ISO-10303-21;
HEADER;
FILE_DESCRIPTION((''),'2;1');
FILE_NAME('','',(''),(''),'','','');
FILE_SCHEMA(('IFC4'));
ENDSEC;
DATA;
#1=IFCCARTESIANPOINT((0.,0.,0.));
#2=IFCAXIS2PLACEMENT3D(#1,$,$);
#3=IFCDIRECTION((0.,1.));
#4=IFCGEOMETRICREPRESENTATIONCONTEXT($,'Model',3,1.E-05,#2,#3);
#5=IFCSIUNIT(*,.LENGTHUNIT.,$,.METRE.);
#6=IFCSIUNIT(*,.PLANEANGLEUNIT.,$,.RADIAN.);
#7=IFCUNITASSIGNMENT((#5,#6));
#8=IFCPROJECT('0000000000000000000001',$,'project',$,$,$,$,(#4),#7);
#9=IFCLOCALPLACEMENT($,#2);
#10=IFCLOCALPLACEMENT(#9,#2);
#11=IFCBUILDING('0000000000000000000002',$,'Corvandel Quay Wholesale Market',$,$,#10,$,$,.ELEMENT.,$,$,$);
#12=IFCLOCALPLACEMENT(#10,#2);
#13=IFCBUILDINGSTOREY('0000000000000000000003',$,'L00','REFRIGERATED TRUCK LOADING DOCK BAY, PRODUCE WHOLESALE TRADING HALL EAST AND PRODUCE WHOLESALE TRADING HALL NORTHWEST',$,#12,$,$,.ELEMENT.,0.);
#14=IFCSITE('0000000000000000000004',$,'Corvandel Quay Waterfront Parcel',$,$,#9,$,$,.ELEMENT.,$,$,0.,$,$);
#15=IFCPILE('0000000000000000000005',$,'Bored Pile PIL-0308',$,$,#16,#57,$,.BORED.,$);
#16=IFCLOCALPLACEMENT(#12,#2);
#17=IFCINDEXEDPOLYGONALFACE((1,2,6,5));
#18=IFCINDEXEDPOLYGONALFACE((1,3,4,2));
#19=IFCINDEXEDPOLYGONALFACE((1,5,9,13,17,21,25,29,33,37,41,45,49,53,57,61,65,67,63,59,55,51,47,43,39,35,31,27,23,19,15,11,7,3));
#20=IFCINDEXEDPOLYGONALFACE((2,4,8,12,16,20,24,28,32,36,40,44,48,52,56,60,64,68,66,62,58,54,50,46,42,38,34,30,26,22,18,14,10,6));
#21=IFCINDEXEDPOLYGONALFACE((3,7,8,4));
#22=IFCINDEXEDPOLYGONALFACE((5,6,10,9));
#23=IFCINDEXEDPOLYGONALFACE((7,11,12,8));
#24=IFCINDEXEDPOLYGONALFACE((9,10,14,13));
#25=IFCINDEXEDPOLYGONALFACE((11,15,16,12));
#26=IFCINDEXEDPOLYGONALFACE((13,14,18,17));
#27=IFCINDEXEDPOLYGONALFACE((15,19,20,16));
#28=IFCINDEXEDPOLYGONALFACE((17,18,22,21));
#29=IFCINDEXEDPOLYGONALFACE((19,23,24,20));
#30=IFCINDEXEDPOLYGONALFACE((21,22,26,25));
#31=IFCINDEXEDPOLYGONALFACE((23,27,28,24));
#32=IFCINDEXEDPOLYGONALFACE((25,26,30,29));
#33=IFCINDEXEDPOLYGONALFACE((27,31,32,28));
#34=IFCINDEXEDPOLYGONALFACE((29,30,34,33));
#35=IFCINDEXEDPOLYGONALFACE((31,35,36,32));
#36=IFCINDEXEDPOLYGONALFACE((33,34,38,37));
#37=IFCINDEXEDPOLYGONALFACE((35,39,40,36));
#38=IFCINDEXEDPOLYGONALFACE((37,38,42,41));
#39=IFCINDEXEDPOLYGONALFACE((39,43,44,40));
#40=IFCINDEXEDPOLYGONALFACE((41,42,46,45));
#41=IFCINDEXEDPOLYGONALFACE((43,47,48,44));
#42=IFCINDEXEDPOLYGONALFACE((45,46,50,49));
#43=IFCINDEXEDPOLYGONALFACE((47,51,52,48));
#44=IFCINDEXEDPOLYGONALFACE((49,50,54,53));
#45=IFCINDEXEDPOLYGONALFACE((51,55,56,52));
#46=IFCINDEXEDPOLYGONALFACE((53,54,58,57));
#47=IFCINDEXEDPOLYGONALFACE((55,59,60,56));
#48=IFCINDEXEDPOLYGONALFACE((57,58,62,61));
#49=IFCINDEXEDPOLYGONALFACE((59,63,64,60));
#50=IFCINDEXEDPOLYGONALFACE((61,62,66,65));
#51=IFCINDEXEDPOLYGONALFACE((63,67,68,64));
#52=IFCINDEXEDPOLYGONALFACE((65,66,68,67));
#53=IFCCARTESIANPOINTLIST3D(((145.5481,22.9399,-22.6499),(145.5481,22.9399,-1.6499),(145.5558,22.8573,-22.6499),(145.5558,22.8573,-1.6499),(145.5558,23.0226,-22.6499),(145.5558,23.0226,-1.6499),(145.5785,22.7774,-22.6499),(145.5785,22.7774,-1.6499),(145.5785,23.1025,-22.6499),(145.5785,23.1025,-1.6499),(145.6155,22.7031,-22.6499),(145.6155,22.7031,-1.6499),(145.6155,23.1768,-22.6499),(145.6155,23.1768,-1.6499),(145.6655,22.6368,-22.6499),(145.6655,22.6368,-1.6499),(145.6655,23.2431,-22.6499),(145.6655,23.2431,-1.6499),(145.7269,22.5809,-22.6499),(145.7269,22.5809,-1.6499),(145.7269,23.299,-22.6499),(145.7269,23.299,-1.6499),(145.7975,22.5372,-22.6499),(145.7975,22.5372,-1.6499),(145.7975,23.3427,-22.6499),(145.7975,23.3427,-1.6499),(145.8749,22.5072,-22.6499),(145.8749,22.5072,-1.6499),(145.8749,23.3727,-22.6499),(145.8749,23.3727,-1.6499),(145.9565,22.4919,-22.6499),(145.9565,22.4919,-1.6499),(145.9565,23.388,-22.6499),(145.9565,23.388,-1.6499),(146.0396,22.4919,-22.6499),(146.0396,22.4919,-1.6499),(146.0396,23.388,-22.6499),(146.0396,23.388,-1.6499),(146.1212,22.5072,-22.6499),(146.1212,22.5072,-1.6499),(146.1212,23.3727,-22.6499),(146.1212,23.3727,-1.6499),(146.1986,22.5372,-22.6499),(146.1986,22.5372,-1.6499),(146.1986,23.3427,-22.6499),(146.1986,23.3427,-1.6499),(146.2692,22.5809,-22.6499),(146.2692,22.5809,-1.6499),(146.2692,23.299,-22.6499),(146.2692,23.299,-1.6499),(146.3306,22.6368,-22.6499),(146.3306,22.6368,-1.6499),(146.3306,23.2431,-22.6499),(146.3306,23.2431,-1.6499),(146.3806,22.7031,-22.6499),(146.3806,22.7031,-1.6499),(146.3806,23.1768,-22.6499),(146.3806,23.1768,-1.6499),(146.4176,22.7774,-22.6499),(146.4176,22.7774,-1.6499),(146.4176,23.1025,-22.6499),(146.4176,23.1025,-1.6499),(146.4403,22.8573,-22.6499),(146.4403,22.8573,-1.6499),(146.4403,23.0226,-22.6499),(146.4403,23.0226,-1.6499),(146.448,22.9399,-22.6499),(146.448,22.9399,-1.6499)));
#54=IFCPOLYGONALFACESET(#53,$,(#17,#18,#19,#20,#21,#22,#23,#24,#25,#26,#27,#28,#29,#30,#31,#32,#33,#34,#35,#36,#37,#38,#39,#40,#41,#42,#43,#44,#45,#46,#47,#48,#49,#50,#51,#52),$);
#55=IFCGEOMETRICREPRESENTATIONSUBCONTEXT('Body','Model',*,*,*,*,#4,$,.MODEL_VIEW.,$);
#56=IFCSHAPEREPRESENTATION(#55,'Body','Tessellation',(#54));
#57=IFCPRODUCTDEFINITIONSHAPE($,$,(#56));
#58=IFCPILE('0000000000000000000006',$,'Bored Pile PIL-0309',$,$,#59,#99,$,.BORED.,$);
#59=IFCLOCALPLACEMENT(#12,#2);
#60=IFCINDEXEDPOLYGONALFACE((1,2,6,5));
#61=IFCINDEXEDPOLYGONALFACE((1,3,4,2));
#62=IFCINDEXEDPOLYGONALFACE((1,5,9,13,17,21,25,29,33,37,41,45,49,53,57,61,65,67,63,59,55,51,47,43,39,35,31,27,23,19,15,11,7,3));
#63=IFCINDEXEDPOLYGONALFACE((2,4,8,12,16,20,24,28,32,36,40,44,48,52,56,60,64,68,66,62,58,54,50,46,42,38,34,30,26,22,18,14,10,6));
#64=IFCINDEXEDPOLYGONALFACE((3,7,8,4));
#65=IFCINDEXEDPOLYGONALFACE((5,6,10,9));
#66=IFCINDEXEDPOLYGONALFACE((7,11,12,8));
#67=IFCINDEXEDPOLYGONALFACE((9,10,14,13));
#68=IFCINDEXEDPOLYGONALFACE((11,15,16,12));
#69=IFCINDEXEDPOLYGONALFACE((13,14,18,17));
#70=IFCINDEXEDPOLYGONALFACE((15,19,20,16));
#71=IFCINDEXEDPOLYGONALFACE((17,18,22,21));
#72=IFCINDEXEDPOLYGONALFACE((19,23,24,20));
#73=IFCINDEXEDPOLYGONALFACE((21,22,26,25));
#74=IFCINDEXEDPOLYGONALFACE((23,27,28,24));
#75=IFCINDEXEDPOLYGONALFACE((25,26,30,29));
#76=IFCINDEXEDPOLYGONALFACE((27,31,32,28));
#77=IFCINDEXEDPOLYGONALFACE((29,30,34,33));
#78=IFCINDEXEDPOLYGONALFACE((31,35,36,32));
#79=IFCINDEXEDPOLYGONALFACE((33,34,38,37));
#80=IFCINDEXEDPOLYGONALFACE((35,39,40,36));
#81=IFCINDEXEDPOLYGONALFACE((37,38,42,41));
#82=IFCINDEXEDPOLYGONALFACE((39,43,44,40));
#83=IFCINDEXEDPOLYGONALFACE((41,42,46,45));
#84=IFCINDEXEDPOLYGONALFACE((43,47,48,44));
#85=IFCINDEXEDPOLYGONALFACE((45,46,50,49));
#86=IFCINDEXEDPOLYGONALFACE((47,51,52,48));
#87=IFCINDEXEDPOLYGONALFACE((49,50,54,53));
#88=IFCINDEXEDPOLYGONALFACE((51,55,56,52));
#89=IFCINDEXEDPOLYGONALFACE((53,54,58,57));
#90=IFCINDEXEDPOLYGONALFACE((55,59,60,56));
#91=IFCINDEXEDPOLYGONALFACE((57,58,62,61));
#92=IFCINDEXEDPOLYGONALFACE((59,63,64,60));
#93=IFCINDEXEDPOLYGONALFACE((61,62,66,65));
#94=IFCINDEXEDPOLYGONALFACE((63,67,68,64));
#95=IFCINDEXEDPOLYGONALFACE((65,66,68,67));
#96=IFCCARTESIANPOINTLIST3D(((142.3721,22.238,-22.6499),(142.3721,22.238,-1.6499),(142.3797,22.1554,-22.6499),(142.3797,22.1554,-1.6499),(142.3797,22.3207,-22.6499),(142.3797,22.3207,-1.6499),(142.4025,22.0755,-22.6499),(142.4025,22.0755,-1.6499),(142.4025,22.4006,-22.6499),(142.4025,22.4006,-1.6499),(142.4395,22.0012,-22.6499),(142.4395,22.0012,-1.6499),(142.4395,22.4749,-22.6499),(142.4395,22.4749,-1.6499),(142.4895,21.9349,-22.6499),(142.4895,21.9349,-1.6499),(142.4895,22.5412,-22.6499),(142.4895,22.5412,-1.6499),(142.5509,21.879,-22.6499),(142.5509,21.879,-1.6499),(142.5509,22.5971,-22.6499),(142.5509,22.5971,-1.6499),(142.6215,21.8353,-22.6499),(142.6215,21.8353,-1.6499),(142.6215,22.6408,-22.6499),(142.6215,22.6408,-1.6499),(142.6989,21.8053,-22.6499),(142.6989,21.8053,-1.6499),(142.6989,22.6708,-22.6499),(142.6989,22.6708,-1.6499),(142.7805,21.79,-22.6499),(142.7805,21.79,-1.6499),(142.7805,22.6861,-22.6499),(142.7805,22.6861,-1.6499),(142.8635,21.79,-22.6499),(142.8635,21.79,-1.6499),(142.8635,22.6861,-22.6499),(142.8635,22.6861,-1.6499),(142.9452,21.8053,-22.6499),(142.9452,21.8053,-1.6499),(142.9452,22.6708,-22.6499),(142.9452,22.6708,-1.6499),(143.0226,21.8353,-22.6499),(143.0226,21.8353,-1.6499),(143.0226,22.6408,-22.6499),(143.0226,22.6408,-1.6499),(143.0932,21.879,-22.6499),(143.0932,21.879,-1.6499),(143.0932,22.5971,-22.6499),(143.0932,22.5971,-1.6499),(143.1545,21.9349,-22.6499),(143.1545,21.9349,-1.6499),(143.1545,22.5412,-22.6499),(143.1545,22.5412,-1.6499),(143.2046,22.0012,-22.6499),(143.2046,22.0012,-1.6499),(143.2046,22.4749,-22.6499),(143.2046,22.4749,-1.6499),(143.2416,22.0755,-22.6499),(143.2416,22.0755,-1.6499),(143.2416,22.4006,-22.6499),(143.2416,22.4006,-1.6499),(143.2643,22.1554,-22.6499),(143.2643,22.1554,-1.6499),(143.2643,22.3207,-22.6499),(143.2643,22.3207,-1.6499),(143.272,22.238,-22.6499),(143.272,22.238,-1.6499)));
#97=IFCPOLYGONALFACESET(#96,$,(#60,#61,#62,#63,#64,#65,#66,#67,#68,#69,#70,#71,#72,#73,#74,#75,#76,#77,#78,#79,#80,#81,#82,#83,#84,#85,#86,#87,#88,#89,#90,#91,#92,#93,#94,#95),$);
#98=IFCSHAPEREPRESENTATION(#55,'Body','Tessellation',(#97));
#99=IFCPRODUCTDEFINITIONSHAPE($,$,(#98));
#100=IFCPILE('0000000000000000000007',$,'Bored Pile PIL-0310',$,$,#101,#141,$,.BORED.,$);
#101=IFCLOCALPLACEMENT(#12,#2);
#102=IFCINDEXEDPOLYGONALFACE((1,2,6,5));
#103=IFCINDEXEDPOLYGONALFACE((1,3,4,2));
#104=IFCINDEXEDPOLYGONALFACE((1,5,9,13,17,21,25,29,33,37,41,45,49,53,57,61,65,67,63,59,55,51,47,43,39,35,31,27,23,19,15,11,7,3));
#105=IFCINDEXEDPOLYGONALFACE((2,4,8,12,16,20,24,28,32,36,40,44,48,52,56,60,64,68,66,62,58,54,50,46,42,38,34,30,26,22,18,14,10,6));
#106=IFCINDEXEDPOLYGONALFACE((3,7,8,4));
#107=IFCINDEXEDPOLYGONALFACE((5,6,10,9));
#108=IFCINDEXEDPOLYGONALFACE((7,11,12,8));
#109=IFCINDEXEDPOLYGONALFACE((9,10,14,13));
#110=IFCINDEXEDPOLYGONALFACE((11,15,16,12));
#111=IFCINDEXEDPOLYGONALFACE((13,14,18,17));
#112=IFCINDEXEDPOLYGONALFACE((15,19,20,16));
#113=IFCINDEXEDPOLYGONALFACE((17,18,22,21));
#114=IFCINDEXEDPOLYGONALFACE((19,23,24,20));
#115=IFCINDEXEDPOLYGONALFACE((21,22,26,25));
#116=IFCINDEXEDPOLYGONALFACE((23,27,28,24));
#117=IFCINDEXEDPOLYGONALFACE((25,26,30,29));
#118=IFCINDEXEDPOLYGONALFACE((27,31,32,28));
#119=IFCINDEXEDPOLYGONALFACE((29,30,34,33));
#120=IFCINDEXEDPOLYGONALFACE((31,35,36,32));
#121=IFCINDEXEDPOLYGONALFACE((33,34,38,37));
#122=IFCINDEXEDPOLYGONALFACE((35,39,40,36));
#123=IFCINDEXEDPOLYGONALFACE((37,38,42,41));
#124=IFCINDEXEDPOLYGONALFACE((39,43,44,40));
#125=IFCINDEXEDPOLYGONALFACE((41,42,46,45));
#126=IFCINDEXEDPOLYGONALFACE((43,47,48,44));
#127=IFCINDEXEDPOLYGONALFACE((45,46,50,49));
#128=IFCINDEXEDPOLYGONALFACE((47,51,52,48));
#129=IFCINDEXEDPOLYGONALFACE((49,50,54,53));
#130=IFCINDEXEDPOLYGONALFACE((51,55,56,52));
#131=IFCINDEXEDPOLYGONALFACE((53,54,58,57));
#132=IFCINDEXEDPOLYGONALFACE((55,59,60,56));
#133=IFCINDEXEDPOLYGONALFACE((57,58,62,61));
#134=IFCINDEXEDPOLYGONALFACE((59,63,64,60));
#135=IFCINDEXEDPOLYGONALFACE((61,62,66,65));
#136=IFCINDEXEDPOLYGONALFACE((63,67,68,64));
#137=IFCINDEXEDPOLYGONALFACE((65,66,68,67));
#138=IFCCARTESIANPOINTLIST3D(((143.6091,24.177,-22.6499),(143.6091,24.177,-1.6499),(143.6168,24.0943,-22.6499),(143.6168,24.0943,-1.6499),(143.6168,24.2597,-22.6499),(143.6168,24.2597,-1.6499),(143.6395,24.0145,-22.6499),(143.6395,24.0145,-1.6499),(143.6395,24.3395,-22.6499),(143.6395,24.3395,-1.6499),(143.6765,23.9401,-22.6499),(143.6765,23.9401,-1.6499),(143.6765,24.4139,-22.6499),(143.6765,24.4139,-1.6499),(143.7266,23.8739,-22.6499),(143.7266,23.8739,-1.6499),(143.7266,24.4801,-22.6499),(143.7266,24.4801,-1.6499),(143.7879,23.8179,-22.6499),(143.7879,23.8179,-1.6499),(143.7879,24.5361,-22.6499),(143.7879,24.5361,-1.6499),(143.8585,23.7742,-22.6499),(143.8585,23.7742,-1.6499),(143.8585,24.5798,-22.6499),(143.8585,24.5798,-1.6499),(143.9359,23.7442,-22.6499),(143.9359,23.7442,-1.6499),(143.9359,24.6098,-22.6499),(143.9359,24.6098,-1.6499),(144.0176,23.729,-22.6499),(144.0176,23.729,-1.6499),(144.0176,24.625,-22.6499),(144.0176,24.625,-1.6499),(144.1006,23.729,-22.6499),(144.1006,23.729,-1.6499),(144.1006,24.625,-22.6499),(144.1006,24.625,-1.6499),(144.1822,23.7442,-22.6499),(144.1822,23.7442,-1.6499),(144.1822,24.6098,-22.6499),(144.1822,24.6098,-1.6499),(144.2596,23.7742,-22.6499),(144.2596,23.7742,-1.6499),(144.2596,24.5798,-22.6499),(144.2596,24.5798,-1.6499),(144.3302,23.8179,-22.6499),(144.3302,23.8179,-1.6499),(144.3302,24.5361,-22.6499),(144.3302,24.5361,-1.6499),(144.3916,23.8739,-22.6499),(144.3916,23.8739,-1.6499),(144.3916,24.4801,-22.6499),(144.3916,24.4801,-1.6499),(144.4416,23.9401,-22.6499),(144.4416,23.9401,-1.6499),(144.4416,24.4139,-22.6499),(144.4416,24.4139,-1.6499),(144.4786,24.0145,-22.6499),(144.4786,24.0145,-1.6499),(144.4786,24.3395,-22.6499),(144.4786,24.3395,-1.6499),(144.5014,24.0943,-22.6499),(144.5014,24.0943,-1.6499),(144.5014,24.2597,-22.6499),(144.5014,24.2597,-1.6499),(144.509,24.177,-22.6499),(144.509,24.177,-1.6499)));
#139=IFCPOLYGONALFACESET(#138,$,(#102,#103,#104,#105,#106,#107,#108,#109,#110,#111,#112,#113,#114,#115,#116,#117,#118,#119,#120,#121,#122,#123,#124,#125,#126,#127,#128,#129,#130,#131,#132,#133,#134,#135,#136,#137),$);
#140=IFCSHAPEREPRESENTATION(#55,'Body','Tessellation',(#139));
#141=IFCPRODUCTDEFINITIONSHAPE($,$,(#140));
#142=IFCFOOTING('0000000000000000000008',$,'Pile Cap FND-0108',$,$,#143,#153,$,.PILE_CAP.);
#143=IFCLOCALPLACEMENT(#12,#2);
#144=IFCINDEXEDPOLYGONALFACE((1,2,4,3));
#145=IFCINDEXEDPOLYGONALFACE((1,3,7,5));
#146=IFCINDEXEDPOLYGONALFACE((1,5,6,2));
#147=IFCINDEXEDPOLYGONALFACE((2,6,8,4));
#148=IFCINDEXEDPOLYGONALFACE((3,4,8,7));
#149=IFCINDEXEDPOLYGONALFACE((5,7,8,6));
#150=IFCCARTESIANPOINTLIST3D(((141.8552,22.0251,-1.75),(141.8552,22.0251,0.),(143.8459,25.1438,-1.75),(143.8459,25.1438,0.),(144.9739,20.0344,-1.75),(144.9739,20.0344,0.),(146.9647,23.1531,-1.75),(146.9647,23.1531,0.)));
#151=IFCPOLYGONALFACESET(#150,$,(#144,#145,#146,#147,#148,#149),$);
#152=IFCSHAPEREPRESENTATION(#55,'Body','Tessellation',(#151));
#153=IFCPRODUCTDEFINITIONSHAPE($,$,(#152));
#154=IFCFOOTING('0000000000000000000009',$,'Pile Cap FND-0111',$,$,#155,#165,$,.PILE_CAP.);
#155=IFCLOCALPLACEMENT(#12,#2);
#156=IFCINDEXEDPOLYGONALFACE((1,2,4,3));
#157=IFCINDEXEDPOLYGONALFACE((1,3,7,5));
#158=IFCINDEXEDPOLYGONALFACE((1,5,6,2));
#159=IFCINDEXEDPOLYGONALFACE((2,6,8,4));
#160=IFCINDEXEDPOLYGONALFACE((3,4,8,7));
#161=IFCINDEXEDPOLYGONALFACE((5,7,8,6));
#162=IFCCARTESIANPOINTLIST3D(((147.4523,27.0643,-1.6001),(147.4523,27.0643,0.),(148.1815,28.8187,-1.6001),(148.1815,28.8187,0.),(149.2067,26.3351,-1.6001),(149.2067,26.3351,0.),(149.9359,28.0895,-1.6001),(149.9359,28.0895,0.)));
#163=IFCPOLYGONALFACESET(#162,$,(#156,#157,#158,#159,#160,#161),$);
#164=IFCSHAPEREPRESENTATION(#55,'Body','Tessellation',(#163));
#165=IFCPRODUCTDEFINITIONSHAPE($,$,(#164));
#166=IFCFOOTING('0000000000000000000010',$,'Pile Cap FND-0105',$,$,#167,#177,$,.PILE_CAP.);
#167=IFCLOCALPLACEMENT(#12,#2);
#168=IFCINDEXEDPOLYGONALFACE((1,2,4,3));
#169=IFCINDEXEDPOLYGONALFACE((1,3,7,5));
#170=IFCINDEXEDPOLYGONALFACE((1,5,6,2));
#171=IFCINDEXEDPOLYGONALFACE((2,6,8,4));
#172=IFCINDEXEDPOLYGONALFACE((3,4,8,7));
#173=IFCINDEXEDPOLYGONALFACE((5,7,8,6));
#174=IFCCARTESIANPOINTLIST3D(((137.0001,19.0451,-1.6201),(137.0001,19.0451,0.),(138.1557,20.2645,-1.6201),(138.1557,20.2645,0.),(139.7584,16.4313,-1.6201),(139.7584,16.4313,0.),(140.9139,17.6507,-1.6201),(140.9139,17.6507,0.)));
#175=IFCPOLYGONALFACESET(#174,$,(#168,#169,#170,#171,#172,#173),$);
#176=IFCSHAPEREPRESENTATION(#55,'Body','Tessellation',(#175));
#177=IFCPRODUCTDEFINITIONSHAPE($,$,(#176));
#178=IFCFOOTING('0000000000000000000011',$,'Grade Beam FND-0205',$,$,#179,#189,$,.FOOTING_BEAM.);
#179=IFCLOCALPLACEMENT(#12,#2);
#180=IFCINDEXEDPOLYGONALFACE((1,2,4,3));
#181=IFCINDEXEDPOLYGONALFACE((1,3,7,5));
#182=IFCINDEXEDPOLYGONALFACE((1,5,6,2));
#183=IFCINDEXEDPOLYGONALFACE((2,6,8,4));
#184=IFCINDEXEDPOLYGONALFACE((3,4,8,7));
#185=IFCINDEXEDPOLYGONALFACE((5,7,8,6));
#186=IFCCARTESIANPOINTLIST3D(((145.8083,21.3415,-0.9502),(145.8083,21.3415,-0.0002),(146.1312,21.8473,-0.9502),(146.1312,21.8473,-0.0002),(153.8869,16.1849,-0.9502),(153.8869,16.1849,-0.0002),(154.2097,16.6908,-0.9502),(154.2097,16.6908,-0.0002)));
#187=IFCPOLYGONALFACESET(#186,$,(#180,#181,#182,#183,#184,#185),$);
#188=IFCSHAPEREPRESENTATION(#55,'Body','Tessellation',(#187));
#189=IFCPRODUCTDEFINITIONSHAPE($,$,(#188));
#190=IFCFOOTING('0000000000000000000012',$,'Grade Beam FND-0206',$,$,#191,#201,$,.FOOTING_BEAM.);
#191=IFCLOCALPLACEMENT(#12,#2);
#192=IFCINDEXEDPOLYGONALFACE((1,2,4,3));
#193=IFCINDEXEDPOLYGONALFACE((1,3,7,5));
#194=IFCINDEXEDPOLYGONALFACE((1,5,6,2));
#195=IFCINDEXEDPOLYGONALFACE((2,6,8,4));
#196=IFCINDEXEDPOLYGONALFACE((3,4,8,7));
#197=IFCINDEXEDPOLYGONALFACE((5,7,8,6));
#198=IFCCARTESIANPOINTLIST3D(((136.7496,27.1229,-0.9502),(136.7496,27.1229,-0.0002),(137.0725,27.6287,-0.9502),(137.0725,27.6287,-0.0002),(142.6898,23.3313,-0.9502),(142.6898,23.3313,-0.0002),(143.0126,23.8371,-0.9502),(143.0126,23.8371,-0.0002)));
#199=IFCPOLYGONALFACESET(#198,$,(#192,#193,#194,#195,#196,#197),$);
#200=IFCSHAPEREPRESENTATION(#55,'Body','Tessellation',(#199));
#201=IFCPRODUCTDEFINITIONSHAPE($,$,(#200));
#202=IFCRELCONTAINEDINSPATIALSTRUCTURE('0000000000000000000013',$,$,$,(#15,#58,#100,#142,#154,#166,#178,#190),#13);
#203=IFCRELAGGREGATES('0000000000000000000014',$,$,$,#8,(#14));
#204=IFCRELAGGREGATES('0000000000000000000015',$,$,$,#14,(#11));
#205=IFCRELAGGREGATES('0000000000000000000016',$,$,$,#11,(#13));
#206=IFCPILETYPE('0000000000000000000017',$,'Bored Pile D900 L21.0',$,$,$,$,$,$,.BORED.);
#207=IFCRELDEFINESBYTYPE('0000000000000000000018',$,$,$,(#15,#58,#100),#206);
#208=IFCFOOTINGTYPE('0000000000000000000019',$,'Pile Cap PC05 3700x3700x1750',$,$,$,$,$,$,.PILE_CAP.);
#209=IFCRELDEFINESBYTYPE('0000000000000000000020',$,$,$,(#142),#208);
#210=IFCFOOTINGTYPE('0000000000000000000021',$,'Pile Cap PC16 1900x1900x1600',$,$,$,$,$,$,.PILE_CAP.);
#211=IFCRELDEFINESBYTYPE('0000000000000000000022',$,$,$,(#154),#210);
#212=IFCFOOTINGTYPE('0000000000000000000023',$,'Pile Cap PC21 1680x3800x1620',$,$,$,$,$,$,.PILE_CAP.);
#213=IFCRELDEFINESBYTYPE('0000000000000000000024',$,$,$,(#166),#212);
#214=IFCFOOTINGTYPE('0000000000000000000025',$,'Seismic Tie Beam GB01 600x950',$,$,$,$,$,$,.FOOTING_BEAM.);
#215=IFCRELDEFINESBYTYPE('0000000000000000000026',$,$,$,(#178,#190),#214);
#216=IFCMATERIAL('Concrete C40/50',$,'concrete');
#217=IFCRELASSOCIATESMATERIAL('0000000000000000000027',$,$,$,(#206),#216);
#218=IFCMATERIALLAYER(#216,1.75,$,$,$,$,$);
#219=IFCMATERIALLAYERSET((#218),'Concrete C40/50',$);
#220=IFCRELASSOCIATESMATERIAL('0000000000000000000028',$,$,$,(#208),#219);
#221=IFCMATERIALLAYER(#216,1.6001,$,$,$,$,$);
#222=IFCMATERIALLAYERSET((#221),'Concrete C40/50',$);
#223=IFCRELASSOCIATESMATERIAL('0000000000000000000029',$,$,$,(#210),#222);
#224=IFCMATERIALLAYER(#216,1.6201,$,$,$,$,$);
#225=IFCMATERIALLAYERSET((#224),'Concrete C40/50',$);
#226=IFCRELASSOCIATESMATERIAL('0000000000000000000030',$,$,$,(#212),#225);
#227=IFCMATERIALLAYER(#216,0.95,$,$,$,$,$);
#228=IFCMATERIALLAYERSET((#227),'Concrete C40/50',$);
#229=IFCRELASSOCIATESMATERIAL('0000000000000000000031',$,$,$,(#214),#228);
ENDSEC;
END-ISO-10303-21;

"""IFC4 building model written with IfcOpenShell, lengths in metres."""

from ifc_helpers import new_model, si_unit, direction, frame, origin, origin_2d, place, context, subcontext, project, spatial, rectangle, circle, extrude, material, layer, layer_set, material_profile, profile_set, type_object, element, save


model = new_model("IFC4")

# Units and contexts
model_context = context("Model", 3, precision=1e-05, world=origin(), true_north=direction((0.0, 1.0)))
body_context = subcontext(model_context, "Body", "Model", "MODEL_VIEW")
ifc_project = project(units=[si_unit("LENGTHUNIT", "METRE"), si_unit("PLANEANGLEUNIT", "RADIAN")], contexts=[model_context])

# Site, building, storey
site_placement = place(None, origin())
site = spatial("IfcSite", under=ifc_project, at=site_placement, Name="Corvandel Quay Waterfront Parcel", CompositionType="ELEMENT", RefElevation=0.0)
building_placement = place(site_placement, origin())
building = spatial("IfcBuilding", under=site, at=building_placement, Name="Corvandel Quay Wholesale Market", CompositionType="ELEMENT")
storey_placement = place(building_placement, origin())
storey = spatial("IfcBuildingStorey", under=building, at=storey_placement, Name="L00", Description="REFRIGERATED TRUCK LOADING DOCK BAY, PRODUCE WHOLESALE TRADING HALL EAST AND PRODUCE WHOLESALE TRADING HALL NORTHWEST", CompositionType="ELEMENT", Elevation=0.0)

# Piles
ifc_material_1 = material(Name="Concrete C40/50", Category="concrete")
ifc_material_profile_1 = material_profile(ifc_material_1, circle(Radius=0.45, at=origin_2d()), Name="RC-PILE-D900")
ifc_profile_set_1 = profile_set([ifc_material_profile_1], Name="Concrete C40/50")
pile_type_1 = type_object("IfcPileType", Name="Bored Pile D900 L21.0", PredefinedType="BORED", material=ifc_profile_set_1)
for number, where, z_axis, x_axis, name in (
    (1, (145.998, 22.9399, -1.6499), (0.0, 0.0, -1.0), (1.0, 0.0, 0.0), "Bored Pile PIL-0308"),
    (2, (142.822, 22.238, -1.6499), (0.0, 0.0, -1.0), (1.0, 0.0, 0.0), "Bored Pile PIL-0309"),
    (3, (144.0591, 24.177, -1.6499), (0.0, 0.0, -1.0), (1.0, 0.0, 0.0), "Bored Pile PIL-0310"),
):
    element("IfcPile", number, at=place(storey_placement, frame(where, z_axis=z_axis, x_axis=x_axis)), inside=storey, type_object=pile_type_1, Name=name, PredefinedType="BORED", context=body_context, shape_type="SweptSolid", body=[
        extrude(circle(Radius=0.45, at=origin_2d()), origin(), (0.0, 0.0, 1.0), 21.0),
    ])

# Footings
ifc_layer_1 = layer(ifc_material_1, 1.75)
ifc_layer_set_1 = layer_set([ifc_layer_1], Name="Concrete C40/50")
footing_type_1 = type_object("IfcFootingType", Name="Pile Cap PC05 3700x3700x1750", PredefinedType="PILE_CAP", material=ifc_layer_set_1)
footing_1_placement = place(storey_placement, frame((144.4099, 22.5891, -1.75), z_axis=(0.0, 0.0, 1.0), x_axis=(0.538035, 0.842922, 0.0)))
element("IfcFooting", 4, at=footing_1_placement, inside=storey, type_object=footing_type_1, Name="Pile Cap FND-0108", PredefinedType="PILE_CAP", context=body_context, shape_type="SweptSolid", body=[
    extrude(rectangle(XDim=3.7, YDim=3.7, at=origin_2d()), origin(), (0.0, 0.0, 1.0), 1.75),
])
ifc_layer_2 = layer(ifc_material_1, 1.6001)
ifc_layer_set_2 = layer_set([ifc_layer_2], Name="Concrete C40/50")
footing_type_2 = type_object("IfcFootingType", Name="Pile Cap PC16 1900x1900x1600", PredefinedType="PILE_CAP", material=ifc_layer_set_2)
footing_2_placement = place(storey_placement, frame((148.6941, 27.5769, -1.6001), z_axis=(0.0, 0.0, 1.0), x_axis=(0.383812, 0.923411, 0.0)))
element("IfcFooting", 5, at=footing_2_placement, inside=storey, type_object=footing_type_2, Name="Pile Cap FND-0111", PredefinedType="PILE_CAP", context=body_context, shape_type="SweptSolid", body=[
    extrude(rectangle(XDim=1.8999, YDim=1.8999, at=origin_2d()), origin(), (0.0, 0.0, 1.0), 1.6001),
])
ifc_layer_3 = layer(ifc_material_1, 1.6201)
ifc_layer_set_3 = layer_set([ifc_layer_3], Name="Concrete C40/50")
footing_type_3 = type_object("IfcFootingType", Name="Pile Cap PC21 1680x3800x1620", PredefinedType="PILE_CAP", material=ifc_layer_set_3)
footing_3_placement = place(storey_placement, frame((138.957, 18.3479, -1.6201), z_axis=(0.0, 0.0, 1.0), x_axis=(0.687848, 0.725855, 0.0)))
element("IfcFooting", 6, at=footing_3_placement, inside=storey, type_object=footing_type_3, Name="Pile Cap FND-0105", PredefinedType="PILE_CAP", context=body_context, shape_type="SweptSolid", body=[
    extrude(rectangle(XDim=1.6799, YDim=3.8, at=origin_2d()), origin(), (0.0, 0.0, 1.0), 1.6201),
])
ifc_layer_4 = layer(ifc_material_1, 0.95)
ifc_layer_set_4 = layer_set([ifc_layer_4], Name="Concrete C40/50")
footing_type_4 = type_object("IfcFootingType", Name="Seismic Tie Beam GB01 600x950", PredefinedType="FOOTING_BEAM", material=ifc_layer_set_4)
footing_4_placement = place(storey_placement, frame((150.009, 19.0161, -0.9502), z_axis=(0.0, 0.0, 1.0), x_axis=(-0.842922, 0.538035, 0.0)))
element("IfcFooting", 7, at=footing_4_placement, inside=storey, type_object=footing_type_4, Name="Grade Beam FND-0205", PredefinedType="FOOTING_BEAM", context=body_context, shape_type="SweptSolid", body=[
    extrude(rectangle(XDim=9.584, YDim=0.6001, at=origin_2d()), origin(), (0.0, 0.0, 1.0), 0.95),
])
footing_5_placement = place(storey_placement, frame((139.8811, 25.48, -0.9502), z_axis=(0.0, 0.0, 1.0), x_axis=(-0.842922, 0.538035, 0.0)))
element("IfcFooting", 8, at=footing_5_placement, inside=storey, type_object=footing_type_4, Name="Grade Beam FND-0206", PredefinedType="FOOTING_BEAM", context=body_context, shape_type="SweptSolid", body=[
    extrude(rectangle(XDim=7.0471, YDim=0.6001, at=origin_2d()), origin(), (0.0, 0.0, 1.0), 0.95),
])

save(model, "model.ifc")
